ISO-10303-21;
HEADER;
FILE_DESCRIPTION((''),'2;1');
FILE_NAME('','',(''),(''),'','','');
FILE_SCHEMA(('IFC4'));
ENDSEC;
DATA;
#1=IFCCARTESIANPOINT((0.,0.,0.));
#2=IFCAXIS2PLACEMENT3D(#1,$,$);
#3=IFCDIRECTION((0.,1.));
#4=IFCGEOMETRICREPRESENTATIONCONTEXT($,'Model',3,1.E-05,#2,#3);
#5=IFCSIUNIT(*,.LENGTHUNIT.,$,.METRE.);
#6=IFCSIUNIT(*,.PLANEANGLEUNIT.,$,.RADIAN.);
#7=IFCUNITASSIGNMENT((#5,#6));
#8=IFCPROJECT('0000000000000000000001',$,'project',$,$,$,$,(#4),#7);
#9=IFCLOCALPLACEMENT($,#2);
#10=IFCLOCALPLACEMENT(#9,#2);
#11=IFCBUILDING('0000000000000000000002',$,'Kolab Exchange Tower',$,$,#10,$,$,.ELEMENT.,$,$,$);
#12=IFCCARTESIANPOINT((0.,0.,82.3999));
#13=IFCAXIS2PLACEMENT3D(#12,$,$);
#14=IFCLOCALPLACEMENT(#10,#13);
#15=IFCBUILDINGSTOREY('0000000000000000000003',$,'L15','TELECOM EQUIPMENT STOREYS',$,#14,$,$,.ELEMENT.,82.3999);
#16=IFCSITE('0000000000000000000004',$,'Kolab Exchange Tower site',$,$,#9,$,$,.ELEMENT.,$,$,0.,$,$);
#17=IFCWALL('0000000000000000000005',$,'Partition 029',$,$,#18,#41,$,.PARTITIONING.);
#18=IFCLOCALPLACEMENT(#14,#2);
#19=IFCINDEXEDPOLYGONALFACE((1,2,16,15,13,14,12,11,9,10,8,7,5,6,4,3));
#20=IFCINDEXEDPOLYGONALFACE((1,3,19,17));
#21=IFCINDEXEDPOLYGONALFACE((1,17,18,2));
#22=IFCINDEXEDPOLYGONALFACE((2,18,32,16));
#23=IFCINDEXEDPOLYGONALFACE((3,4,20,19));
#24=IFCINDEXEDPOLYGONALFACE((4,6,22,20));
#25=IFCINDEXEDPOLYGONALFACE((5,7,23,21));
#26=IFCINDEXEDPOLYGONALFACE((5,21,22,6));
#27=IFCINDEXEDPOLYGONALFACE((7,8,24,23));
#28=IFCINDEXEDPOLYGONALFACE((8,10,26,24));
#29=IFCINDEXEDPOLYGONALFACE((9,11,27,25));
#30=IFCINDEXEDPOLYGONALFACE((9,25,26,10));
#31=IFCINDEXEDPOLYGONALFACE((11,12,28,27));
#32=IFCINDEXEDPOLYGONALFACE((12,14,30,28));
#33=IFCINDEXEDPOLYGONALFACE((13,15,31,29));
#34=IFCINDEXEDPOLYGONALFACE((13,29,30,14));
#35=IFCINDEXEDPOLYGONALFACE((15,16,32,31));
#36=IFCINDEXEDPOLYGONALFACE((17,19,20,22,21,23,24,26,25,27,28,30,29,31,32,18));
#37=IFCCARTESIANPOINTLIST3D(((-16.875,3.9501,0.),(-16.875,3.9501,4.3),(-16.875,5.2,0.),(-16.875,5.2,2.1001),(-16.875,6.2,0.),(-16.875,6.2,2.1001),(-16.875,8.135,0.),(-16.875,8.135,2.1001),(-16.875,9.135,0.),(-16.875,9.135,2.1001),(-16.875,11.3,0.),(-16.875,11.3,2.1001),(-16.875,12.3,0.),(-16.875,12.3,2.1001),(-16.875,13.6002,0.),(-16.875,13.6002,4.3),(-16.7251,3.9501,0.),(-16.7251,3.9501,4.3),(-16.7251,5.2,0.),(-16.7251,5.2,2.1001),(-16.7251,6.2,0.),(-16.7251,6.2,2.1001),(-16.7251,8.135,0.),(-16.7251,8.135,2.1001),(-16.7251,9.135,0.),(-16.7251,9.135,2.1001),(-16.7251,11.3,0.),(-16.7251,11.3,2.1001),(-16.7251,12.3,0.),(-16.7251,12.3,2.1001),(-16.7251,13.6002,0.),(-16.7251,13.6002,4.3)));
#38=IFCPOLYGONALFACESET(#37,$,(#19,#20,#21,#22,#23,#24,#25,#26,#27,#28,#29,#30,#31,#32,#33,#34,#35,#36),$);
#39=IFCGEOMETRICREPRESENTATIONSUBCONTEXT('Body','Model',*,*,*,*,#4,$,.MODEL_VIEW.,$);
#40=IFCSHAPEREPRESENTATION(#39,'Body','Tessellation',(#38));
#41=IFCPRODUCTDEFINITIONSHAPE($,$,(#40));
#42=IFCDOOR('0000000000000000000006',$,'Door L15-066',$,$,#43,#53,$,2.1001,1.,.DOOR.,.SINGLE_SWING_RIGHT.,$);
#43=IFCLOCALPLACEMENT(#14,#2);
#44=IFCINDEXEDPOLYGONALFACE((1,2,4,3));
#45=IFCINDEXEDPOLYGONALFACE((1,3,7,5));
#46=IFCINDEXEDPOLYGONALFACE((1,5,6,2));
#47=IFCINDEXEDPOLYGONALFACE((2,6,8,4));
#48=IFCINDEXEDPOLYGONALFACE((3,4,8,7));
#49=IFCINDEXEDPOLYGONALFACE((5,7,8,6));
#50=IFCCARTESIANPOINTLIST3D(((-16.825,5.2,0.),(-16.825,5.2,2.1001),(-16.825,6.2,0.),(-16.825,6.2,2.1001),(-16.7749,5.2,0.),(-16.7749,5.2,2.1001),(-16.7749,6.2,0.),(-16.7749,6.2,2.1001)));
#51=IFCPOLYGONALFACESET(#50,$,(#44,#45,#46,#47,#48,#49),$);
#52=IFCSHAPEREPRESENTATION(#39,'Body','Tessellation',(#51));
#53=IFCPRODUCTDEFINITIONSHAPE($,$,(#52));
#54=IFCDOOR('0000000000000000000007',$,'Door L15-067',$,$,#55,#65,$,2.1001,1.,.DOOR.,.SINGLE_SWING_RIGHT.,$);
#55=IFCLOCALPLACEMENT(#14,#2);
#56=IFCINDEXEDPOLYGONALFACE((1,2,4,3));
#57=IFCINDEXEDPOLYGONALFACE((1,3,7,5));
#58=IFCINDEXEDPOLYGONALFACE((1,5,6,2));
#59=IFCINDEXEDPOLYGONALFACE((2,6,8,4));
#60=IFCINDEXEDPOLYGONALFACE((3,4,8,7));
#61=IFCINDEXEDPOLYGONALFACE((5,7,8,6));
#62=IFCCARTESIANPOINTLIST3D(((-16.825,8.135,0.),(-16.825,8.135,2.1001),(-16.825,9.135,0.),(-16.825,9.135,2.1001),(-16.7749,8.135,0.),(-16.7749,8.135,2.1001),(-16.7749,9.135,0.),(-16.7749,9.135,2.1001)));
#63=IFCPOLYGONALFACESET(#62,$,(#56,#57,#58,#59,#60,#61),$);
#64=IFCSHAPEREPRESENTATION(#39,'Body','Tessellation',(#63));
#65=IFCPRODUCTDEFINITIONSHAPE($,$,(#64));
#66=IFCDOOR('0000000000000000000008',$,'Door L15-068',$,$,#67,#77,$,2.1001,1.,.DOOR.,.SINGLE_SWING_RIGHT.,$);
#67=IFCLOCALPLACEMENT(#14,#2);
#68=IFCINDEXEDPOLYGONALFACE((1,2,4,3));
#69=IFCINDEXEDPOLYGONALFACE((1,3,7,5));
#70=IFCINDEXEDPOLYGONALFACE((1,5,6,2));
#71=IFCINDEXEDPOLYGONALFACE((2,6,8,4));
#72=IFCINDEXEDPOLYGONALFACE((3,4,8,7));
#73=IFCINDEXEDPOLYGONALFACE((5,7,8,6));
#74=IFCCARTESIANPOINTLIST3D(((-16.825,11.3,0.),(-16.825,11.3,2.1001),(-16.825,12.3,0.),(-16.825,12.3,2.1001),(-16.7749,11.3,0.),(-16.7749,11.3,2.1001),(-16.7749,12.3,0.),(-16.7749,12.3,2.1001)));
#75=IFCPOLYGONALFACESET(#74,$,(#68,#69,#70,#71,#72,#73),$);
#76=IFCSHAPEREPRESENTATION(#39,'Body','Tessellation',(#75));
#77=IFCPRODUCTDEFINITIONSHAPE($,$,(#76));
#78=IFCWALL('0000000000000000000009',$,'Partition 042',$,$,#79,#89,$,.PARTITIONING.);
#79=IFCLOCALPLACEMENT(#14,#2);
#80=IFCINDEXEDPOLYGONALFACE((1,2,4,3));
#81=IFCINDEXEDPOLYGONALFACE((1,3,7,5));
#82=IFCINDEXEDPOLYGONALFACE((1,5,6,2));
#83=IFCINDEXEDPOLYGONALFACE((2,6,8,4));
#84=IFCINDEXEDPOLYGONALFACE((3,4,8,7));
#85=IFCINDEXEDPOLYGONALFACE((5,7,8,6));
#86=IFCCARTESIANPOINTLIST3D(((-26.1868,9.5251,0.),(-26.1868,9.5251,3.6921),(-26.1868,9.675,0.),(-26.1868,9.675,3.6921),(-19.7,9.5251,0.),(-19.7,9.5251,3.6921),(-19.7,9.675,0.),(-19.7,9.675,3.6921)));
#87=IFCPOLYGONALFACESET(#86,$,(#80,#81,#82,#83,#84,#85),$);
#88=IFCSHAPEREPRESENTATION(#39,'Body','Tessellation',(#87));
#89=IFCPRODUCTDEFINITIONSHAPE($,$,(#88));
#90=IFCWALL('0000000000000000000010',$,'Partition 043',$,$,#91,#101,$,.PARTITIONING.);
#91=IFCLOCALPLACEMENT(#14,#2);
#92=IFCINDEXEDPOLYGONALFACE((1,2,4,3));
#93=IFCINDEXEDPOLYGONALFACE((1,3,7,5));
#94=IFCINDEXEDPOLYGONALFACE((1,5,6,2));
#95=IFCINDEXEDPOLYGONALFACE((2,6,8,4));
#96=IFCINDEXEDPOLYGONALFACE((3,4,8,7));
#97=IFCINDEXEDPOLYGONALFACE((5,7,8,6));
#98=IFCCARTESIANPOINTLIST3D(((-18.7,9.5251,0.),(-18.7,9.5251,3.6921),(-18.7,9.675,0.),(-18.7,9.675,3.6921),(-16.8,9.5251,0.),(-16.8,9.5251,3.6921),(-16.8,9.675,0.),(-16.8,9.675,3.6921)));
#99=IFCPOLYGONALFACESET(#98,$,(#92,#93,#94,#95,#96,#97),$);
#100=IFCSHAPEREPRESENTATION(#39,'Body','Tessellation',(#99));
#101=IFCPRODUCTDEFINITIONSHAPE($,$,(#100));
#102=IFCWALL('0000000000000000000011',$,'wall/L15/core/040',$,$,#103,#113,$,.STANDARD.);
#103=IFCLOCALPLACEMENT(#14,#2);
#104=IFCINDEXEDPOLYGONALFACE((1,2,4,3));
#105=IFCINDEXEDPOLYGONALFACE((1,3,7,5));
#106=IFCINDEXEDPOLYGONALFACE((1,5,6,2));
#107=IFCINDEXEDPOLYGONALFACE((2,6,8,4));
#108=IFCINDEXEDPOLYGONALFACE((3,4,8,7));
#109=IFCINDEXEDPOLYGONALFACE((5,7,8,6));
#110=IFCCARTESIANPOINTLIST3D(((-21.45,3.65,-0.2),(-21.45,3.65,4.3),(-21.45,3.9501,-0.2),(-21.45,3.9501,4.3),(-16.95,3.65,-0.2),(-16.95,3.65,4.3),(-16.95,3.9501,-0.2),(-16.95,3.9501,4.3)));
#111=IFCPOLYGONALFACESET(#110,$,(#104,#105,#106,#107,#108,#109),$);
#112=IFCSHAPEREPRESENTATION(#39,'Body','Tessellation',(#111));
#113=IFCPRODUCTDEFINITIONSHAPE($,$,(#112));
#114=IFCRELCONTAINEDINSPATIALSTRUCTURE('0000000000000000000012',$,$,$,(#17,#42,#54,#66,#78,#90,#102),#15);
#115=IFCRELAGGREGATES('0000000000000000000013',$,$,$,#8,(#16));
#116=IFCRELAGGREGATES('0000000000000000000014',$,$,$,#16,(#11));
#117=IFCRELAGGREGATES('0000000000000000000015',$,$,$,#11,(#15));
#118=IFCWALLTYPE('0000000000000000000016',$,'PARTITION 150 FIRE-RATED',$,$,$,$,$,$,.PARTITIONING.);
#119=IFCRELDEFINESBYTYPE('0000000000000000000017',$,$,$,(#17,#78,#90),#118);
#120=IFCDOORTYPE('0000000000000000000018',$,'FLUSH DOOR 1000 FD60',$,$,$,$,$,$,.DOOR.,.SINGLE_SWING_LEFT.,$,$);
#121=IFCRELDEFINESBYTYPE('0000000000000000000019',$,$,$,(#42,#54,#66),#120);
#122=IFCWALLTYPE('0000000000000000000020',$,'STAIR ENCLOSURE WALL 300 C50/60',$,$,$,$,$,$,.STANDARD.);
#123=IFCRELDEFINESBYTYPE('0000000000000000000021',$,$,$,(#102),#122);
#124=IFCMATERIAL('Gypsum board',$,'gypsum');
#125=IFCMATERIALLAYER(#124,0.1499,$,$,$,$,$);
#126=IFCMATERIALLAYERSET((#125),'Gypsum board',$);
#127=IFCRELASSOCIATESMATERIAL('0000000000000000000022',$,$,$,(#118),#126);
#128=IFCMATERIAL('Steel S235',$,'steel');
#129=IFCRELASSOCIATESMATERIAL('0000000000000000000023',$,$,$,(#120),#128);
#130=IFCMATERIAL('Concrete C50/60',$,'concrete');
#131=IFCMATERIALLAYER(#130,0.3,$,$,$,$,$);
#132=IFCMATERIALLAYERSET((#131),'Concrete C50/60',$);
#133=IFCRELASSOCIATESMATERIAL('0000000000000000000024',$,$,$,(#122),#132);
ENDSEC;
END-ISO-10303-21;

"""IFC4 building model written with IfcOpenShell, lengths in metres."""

from ifc_helpers import new_model, si_unit, direction, frame, frame_2d, origin, place, context, subcontext, project, spatial, rectangle, extrude, material, layer, layer_set, type_object, element, fill, save


model = new_model("IFC4")

# Units and contexts
model_context = context("Model", 3, precision=1e-05, world=origin(), true_north=direction((0.0, 1.0)))
body_context = subcontext(model_context, "Body", "Model", "MODEL_VIEW")
ifc_project = project(units=[si_unit("LENGTHUNIT", "METRE"), si_unit("PLANEANGLEUNIT", "RADIAN")], contexts=[model_context])

# Site, building, storey
site_placement = place(None, origin())
site = spatial("IfcSite", under=ifc_project, at=site_placement, Name="Kolab Exchange Tower site", CompositionType="ELEMENT", RefElevation=0.0)
building_placement = place(site_placement, origin())
building = spatial("IfcBuilding", under=site, at=building_placement, Name="Kolab Exchange Tower", CompositionType="ELEMENT")
storey_placement = place(building_placement, frame((0.0, 0.0, 82.3999)))
storey = spatial("IfcBuildingStorey", under=building, at=storey_placement, Name="L15", Description="TELECOM EQUIPMENT STOREYS", CompositionType="ELEMENT", Elevation=82.3999)

# Wall, openings, doors
ifc_material_1 = material(Name="Gypsum board", Category="gypsum")
ifc_layer_1 = layer(ifc_material_1, 0.1499)
ifc_layer_set_1 = layer_set([ifc_layer_1], Name="Gypsum board")
wall_type_1 = type_object("IfcWallType", Name="PARTITION 150 FIRE-RATED", PredefinedType="PARTITIONING", material=ifc_layer_set_1)
wall_1_placement = place(storey_placement, frame((-16.8, 3.95, 0.0), z_axis=(0.0, 0.0, 1.0), x_axis=(0.0, 1.0, 0.0)))
wall_1 = element("IfcWall", 1, at=wall_1_placement, inside=storey, type_object=wall_type_1, Name="Partition 029", PredefinedType="PARTITIONING", context=body_context, shape_type="SweptSolid", body=[
    extrude(rectangle(XDim=9.6501, YDim=0.1499, at=frame_2d((4.8252, 0.0))), origin(), (0.0, 0.0, 1.0), 4.3),
])
opening_1_placement = place(wall_1_placement, frame((1.25, 0.0, 0.0)))
opening_1 = element("IfcOpeningElement", 2, at=opening_1_placement, cuts=wall_1, PredefinedType="OPENING", context=body_context, shape_type="SweptSolid", body=[
    extrude(rectangle(XDim=1.0, YDim=2.1001, at=frame_2d((0.5, 1.05))), frame((0.0, 0.085, 0.0), z_axis=(0.0, -1.0, 0.0), x_axis=(1.0, 0.0, 0.0)), (0.0, 0.0, 1.0), 0.1699),
])
opening_2_placement = place(wall_1_placement, frame((4.1851, 0.0, 0.0)))
opening_2 = element("IfcOpeningElement", 3, at=opening_2_placement, cuts=wall_1, PredefinedType="OPENING", context=body_context, shape_type="SweptSolid", body=[
    extrude(rectangle(XDim=1.0, YDim=2.1001, at=frame_2d((0.5, 1.05))), frame((0.0, 0.085, 0.0), z_axis=(0.0, -1.0, 0.0), x_axis=(1.0, 0.0, 0.0)), (0.0, 0.0, 1.0), 0.1699),
])
opening_3_placement = place(wall_1_placement, frame((7.3501, 0.0, 0.0)))
opening_3 = element("IfcOpeningElement", 4, at=opening_3_placement, cuts=wall_1, PredefinedType="OPENING", context=body_context, shape_type="SweptSolid", body=[
    extrude(rectangle(XDim=1.0, YDim=2.1001, at=frame_2d((0.5, 1.05))), frame((0.0, 0.085, 0.0), z_axis=(0.0, -1.0, 0.0), x_axis=(1.0, 0.0, 0.0)), (0.0, 0.0, 1.0), 0.1699),
])
ifc_material_2 = material(Name="Steel S235", Category="steel")
door_type = type_object("IfcDoorType", Name="FLUSH DOOR 1000 FD60", OperationType="SINGLE_SWING_LEFT", PredefinedType="DOOR", material=ifc_material_2)
door_1_placement = place(opening_1_placement, origin())
door_1 = element("IfcDoor", 5, at=door_1_placement, inside=storey, type_object=door_type, Name="Door L15-066", OperationType="SINGLE_SWING_RIGHT", OverallHeight=2.1001, OverallWidth=1.0, PredefinedType="DOOR", context=body_context, shape_type="SweptSolid", body=[
    extrude(rectangle(XDim=1.0, YDim=2.1001, at=frame_2d((0.5, 1.05))), frame((0.0, 0.0249, 0.0), z_axis=(0.0, -1.0, 0.0), x_axis=(1.0, 0.0, 0.0)), (0.0, 0.0, 1.0), 0.05),
])
fill(opening_1, door_1)
door_2_placement = place(opening_2_placement, origin())
door_2 = element("IfcDoor", 6, at=door_2_placement, inside=storey, type_object=door_type, Name="Door L15-067", OperationType="SINGLE_SWING_RIGHT", OverallHeight=2.1001, OverallWidth=1.0, PredefinedType="DOOR", context=body_context, shape_type="SweptSolid", body=[
    extrude(rectangle(XDim=1.0, YDim=2.1001, at=frame_2d((0.5, 1.05))), frame((0.0, 0.0249, 0.0), z_axis=(0.0, -1.0, 0.0), x_axis=(1.0, 0.0, 0.0)), (0.0, 0.0, 1.0), 0.05),
])
fill(opening_2, door_2)
door_3_placement = place(opening_3_placement, origin())
door_3 = element("IfcDoor", 7, at=door_3_placement, inside=storey, type_object=door_type, Name="Door L15-068", OperationType="SINGLE_SWING_RIGHT", OverallHeight=2.1001, OverallWidth=1.0, PredefinedType="DOOR", context=body_context, shape_type="SweptSolid", body=[
    extrude(rectangle(XDim=1.0, YDim=2.1001, at=frame_2d((0.5, 1.05))), frame((0.0, 0.0249, 0.0), z_axis=(0.0, -1.0, 0.0), x_axis=(1.0, 0.0, 0.0)), (0.0, 0.0, 1.0), 0.05),
])
fill(opening_3, door_3)

# Walls
wall_2_placement = place(storey_placement, frame((-26.1868, 9.6001, 0.0), z_axis=(0.0, 0.0, 1.0), x_axis=(1.0, 0.0, 0.0)))
element("IfcWall", 8, at=wall_2_placement, inside=storey, type_object=wall_type_1, Name="Partition 042", PredefinedType="PARTITIONING", context=body_context, shape_type="SweptSolid", body=[
    extrude(rectangle(XDim=6.4868, YDim=0.1499, at=frame_2d((3.2434, 0.0))), origin(), (0.0, 0.0, 1.0), 3.6921),
])
wall_3_placement = place(storey_placement, frame((-18.7, 9.6001, 0.0), z_axis=(0.0, 0.0, 1.0), x_axis=(1.0, 0.0, 0.0)))
element("IfcWall", 9, at=wall_3_placement, inside=storey, type_object=wall_type_1, Name="Partition 043", PredefinedType="PARTITIONING", context=body_context, shape_type="SweptSolid", body=[
    extrude(rectangle(XDim=1.8999, YDim=0.1499, at=frame_2d((0.95, 0.0))), origin(), (0.0, 0.0, 1.0), 3.6921),
])
ifc_material_3 = material(Name="Concrete C50/60", Category="concrete")
ifc_layer_2 = layer(ifc_material_3, 0.3)
ifc_layer_set_2 = layer_set([ifc_layer_2], Name="Concrete C50/60")
wall_type_2 = type_object("IfcWallType", Name="STAIR ENCLOSURE WALL 300 C50/60", PredefinedType="STANDARD", material=ifc_layer_set_2)
wall_4_placement = place(storey_placement, frame((-21.45, 3.8, -0.2), z_axis=(0.0, 0.0, 1.0), x_axis=(1.0, 0.0, 0.0)))
element("IfcWall", 10, at=wall_4_placement, inside=storey, type_object=wall_type_2, Name="wall/L15/core/040", PredefinedType="STANDARD", context=body_context, shape_type="SweptSolid", body=[
    extrude(rectangle(XDim=4.5, YDim=0.3, at=frame_2d((2.25, 0.0))), origin(), (0.0, 0.0, 1.0), 4.5),
])

save(model, "model.ifc")
